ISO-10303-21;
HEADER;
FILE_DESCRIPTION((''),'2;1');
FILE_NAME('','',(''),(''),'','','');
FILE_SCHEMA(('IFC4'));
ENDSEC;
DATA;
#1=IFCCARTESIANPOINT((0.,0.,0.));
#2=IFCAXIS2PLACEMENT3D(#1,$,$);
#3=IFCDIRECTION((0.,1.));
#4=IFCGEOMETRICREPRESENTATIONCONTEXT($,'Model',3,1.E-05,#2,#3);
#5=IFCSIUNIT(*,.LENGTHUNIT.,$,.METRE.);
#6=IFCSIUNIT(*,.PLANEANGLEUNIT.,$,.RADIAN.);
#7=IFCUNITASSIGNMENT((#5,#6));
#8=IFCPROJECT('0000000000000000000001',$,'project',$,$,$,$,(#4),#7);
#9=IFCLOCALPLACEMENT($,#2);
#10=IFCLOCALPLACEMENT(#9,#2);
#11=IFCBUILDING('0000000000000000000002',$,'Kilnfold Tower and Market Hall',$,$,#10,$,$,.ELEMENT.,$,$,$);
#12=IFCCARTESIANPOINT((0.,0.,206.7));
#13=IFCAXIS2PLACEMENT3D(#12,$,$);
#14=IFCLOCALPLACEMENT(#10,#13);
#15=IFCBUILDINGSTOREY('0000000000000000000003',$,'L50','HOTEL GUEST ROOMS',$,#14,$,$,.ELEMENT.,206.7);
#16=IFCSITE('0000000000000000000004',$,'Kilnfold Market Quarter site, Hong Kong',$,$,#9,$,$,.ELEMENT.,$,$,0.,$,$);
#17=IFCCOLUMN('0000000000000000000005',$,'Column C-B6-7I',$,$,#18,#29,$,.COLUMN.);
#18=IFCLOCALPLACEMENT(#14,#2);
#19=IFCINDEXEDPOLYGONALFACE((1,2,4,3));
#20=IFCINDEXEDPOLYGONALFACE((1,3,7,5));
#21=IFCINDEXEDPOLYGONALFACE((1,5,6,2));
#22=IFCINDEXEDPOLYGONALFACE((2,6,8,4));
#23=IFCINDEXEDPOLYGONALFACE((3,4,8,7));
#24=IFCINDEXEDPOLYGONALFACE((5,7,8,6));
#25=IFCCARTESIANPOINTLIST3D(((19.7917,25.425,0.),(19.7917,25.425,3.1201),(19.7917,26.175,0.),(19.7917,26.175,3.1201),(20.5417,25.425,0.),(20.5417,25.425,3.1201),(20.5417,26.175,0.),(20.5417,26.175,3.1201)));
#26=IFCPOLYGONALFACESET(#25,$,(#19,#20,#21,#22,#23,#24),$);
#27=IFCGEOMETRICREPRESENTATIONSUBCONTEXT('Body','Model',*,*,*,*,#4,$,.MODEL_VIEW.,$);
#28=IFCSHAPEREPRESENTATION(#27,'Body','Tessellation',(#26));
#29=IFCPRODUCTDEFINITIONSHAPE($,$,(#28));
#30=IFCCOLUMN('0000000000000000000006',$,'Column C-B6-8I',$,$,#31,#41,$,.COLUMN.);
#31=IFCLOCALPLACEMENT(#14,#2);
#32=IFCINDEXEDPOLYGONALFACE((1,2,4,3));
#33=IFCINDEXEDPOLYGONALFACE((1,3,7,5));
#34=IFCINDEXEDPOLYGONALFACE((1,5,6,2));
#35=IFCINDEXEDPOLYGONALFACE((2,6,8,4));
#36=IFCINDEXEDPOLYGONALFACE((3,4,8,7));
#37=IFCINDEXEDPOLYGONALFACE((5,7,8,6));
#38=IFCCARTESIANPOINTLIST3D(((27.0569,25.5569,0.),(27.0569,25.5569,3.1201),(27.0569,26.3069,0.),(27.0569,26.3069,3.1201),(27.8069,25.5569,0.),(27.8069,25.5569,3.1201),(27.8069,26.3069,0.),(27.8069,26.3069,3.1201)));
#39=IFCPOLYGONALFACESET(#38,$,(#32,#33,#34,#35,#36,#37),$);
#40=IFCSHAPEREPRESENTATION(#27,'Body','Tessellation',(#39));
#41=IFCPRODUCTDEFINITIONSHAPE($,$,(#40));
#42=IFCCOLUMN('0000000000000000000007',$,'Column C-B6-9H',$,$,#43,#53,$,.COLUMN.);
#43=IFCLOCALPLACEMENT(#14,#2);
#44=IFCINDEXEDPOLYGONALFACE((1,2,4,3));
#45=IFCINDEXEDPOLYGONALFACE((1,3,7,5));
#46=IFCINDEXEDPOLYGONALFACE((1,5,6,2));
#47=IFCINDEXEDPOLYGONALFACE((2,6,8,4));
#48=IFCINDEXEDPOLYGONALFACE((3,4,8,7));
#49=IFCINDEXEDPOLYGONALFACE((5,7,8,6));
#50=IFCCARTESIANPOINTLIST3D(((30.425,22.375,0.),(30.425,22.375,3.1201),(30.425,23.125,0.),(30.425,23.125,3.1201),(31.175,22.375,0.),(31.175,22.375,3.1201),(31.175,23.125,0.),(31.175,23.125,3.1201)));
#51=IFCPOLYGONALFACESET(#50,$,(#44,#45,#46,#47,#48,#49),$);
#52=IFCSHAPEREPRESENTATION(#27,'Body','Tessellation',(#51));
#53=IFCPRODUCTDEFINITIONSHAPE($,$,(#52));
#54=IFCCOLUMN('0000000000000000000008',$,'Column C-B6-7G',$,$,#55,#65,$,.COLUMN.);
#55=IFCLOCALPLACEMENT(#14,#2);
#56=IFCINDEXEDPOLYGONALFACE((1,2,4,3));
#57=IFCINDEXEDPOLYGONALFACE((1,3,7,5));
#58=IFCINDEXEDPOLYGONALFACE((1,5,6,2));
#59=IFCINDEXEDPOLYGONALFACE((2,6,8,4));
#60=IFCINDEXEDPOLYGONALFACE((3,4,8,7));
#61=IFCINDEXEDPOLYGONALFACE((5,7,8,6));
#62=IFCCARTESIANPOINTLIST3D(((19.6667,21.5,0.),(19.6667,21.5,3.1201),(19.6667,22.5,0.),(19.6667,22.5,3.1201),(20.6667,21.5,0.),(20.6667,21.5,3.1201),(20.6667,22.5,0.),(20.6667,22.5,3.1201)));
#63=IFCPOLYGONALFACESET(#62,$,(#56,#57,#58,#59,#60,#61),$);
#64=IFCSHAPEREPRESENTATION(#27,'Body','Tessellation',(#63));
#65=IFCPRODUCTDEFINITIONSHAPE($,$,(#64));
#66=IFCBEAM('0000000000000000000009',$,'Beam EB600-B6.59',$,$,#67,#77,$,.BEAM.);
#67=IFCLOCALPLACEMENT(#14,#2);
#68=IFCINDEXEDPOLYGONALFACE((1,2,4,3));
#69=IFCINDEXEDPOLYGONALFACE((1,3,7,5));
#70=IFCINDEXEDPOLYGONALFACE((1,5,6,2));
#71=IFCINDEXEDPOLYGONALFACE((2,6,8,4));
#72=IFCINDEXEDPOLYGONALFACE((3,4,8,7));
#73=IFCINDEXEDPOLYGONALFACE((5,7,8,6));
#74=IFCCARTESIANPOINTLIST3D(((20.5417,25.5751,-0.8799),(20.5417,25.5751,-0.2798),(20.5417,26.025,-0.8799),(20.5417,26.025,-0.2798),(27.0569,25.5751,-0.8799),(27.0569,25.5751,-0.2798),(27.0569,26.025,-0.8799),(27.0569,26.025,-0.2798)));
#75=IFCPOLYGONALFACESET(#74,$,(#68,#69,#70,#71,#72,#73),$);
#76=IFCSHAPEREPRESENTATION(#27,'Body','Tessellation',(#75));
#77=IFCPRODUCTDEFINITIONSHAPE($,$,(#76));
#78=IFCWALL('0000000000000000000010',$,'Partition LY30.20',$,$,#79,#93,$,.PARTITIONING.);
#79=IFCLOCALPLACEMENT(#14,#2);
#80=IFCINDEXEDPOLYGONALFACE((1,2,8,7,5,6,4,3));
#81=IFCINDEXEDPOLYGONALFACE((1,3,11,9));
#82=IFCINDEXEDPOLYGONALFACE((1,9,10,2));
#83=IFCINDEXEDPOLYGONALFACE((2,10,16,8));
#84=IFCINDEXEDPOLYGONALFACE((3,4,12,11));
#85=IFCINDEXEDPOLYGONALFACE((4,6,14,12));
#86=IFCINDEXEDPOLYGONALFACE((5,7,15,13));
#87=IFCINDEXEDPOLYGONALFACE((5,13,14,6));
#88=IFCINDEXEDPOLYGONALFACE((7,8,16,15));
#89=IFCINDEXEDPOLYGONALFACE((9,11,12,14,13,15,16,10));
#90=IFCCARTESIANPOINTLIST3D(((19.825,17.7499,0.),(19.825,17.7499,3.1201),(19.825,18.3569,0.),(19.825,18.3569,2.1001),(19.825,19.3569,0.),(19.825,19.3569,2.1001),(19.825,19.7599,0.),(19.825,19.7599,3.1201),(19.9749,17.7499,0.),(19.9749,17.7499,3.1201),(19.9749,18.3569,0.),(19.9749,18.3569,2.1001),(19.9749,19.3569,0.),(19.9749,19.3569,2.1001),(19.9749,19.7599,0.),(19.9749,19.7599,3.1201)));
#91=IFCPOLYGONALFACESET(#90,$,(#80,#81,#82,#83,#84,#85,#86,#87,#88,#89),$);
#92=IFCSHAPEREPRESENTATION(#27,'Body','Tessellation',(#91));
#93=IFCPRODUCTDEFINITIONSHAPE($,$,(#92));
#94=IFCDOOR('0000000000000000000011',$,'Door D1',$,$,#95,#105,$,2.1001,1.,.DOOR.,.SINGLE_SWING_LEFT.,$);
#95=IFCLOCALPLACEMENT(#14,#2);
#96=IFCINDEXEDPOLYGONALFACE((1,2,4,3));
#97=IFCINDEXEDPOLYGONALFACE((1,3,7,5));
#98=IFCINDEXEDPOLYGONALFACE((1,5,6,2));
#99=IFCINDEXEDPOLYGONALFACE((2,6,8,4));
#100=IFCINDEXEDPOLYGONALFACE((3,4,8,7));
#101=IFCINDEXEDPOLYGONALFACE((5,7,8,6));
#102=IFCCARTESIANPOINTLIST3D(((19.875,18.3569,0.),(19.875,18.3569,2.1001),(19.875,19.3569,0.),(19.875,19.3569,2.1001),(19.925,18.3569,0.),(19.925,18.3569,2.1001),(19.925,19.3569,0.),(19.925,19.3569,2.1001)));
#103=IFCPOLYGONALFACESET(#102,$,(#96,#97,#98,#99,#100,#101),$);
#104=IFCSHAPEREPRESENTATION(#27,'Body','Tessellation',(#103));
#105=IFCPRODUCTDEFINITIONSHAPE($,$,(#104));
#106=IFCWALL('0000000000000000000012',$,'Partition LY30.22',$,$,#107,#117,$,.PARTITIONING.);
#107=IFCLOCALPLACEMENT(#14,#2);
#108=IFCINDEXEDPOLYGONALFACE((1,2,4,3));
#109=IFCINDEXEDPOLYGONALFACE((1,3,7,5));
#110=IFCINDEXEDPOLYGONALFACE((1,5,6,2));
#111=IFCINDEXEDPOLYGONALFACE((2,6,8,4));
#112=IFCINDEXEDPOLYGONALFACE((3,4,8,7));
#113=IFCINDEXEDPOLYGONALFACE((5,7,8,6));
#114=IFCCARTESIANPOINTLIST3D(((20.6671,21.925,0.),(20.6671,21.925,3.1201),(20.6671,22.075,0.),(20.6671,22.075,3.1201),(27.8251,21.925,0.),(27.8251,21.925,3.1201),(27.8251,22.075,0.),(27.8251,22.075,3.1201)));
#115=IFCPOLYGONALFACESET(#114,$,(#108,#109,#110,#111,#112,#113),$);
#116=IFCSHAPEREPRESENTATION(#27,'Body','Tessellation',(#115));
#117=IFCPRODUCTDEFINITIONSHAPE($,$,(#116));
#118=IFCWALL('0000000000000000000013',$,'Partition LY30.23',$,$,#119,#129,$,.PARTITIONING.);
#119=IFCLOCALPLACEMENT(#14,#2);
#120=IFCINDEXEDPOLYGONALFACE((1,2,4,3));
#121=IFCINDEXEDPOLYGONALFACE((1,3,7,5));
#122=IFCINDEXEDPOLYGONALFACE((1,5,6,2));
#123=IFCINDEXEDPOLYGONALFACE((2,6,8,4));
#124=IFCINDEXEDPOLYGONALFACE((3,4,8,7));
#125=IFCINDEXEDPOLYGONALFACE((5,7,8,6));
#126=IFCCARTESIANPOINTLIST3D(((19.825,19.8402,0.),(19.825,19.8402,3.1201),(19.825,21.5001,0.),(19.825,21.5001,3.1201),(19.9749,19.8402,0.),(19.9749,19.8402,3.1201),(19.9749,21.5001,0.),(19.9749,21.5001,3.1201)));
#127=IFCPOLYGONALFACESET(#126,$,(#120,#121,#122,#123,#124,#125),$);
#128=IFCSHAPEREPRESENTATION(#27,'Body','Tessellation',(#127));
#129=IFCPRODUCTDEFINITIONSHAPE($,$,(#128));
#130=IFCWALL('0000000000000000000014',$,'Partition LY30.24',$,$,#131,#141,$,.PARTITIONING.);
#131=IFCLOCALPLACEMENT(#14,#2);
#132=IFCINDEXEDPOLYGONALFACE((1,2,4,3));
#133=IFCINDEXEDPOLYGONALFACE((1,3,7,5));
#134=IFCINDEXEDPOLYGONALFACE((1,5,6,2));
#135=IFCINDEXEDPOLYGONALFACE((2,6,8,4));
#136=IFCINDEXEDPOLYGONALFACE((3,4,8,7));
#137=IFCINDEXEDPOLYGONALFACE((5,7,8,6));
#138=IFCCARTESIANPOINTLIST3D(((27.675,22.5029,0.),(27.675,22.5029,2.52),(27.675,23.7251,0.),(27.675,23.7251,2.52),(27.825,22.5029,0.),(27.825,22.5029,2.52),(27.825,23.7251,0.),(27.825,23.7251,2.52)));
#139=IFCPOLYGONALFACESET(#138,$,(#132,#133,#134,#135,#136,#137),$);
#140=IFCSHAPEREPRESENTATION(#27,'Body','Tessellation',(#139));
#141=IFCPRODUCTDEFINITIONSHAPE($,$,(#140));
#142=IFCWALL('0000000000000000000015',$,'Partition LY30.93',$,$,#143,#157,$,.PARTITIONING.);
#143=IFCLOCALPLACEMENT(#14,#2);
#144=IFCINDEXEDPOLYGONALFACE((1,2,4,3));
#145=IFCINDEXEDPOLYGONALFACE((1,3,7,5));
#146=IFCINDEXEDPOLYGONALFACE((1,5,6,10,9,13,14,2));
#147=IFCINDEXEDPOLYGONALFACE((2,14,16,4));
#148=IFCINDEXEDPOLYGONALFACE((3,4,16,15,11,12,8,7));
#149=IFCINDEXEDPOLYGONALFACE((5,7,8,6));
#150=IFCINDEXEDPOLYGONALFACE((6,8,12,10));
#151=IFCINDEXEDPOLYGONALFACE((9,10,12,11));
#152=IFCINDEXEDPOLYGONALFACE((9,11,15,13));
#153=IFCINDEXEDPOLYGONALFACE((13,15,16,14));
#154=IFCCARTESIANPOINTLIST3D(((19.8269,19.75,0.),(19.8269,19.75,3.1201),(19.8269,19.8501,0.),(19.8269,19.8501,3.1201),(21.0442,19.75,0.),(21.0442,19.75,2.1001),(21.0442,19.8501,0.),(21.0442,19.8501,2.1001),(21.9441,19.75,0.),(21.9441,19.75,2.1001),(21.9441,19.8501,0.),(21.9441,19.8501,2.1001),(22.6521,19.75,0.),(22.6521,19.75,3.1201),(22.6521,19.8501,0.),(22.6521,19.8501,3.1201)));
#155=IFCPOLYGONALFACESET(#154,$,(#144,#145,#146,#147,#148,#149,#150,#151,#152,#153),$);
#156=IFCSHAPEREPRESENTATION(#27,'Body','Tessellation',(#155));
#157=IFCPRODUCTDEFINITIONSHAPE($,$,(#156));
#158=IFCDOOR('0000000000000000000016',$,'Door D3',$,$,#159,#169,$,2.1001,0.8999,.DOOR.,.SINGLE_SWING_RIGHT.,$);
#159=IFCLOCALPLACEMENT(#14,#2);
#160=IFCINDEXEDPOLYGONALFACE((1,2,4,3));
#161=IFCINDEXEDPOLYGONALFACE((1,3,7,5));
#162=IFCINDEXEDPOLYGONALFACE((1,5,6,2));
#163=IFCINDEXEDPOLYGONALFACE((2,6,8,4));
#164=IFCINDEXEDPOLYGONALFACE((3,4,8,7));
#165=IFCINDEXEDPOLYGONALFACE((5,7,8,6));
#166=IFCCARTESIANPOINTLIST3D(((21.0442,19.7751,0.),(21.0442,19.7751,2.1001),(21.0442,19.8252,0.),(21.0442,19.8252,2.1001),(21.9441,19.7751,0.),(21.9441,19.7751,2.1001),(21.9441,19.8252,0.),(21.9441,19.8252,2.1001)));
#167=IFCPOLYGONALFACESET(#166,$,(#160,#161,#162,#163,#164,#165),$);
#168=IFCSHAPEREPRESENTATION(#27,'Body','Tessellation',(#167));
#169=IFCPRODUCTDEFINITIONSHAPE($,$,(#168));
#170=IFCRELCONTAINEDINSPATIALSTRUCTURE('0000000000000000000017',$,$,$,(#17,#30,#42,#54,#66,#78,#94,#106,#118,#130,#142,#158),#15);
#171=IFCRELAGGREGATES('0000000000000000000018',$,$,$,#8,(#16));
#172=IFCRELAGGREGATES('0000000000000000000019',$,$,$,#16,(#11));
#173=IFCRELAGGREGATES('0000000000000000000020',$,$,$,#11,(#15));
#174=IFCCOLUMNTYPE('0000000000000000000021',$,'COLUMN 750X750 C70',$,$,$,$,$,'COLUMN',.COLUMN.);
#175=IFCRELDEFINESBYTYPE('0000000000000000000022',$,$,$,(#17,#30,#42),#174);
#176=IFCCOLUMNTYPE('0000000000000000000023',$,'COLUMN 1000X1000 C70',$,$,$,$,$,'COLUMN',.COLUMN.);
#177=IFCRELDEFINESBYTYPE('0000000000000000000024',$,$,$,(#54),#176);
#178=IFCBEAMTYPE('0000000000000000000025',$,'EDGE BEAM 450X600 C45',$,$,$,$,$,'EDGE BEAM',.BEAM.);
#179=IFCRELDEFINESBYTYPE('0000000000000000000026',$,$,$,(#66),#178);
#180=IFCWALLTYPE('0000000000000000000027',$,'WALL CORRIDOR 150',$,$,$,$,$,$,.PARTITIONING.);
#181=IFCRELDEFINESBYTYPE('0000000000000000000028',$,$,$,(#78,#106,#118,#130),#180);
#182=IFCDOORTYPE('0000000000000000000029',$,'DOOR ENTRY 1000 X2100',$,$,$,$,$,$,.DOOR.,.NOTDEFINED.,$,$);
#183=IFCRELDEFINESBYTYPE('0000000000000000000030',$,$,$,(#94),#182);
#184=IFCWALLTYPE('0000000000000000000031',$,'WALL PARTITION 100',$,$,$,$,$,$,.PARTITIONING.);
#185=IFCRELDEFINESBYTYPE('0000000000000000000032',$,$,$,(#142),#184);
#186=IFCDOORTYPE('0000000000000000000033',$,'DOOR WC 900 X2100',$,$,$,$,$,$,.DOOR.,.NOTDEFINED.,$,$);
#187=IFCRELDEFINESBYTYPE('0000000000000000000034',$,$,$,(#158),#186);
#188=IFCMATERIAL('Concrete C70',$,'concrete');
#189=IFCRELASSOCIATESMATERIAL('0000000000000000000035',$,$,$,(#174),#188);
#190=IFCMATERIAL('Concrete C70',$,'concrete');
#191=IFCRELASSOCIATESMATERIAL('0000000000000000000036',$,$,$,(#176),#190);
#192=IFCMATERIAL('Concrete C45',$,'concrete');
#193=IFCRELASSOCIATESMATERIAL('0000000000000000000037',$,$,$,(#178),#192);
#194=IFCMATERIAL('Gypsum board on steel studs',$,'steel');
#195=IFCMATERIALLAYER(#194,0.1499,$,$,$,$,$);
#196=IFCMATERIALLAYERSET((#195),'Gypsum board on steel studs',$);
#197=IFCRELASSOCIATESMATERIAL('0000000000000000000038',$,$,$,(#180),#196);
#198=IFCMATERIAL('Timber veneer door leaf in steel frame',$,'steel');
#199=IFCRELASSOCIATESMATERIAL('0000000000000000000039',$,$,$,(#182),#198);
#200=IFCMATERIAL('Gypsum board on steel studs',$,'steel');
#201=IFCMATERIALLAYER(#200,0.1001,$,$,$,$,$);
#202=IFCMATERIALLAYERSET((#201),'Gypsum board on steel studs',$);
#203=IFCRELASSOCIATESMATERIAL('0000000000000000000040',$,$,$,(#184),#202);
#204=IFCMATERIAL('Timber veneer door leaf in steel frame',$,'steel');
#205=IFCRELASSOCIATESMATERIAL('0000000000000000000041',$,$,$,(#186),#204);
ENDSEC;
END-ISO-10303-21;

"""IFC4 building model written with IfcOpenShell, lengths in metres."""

from ifc_helpers import new_model, si_unit, direction, frame, frame_2d, origin, origin_2d, place, context, subcontext, project, spatial, rectangle, extrude, source, transform, mapped, material, layer, layer_set, material_profile, profile_set, type_object, element, fill, save


model = new_model("IFC4")

# Units and contexts
model_context = context("Model", 3, precision=1e-05, world=origin(), true_north=direction((0.0, 1.0)))
body_context = subcontext(model_context, "Body", "Model", "MODEL_VIEW")
ifc_project = project(units=[si_unit("LENGTHUNIT", "METRE"), si_unit("PLANEANGLEUNIT", "RADIAN")], contexts=[model_context])

# Site, building, storey
site_placement = place(None, origin())
site = spatial("IfcSite", under=ifc_project, at=site_placement, Name="Kilnfold Market Quarter site, Hong Kong", CompositionType="ELEMENT", RefElevation=0.0)
building_placement = place(site_placement, origin())
building = spatial("IfcBuilding", under=site, at=building_placement, Name="Kilnfold Tower and Market Hall", CompositionType="ELEMENT")
storey_placement = place(building_placement, frame((0.0, 0.0, 206.7)))
storey = spatial("IfcBuildingStorey", under=building, at=storey_placement, Name="L50", Description="HOTEL GUEST ROOMS", CompositionType="ELEMENT", Elevation=206.7)

# Columns
ifc_material_1 = material(Name="Concrete C70", Category="concrete")
ifc_material_profile_1 = material_profile(ifc_material_1, rectangle(XDim=0.75, YDim=0.75, at=origin_2d()), Name="RC 750x750")
ifc_profile_set_1 = profile_set([ifc_material_profile_1], Name="Concrete C70")
column_type_1 = type_object("IfcColumnType", Name="COLUMN 750X750 C70", ElementType="COLUMN", PredefinedType="COLUMN", material=ifc_profile_set_1)
shared_shape_1 = source(origin(), body_context, "Body", "SweptSolid", [
    extrude(rectangle(XDim=0.75, YDim=0.75, at=origin_2d()), origin(), (0.0, 0.0, 1.0), 3.1201),
])
for number, where, z_axis, x_axis, name in (
    (1, (20.1667, 25.8, 0.0), (0.0, 0.0, 1.0), (1.0, 0.0, 0.0), "Column C-B6-7I"),
    (2, (27.4319, 25.9319, 0.0), (0.0, 0.0, 1.0), (1.0, 0.0, 0.0), "Column C-B6-8I"),
    (3, (30.8, 22.75, 0.0), (0.0, 0.0, 1.0), (1.0, 0.0, 0.0), "Column C-B6-9H"),
):
    element("IfcColumn", number, at=place(storey_placement, frame(where, z_axis=z_axis, x_axis=x_axis)), inside=storey, type_object=column_type_1, Name=name, PredefinedType="COLUMN", context=body_context, shape_type="MappedRepresentation", body=[
        mapped(shared_shape_1, transform((0.0, 0.0, 0.0))),
    ])
ifc_material_2 = material(Name="Concrete C70", Category="concrete")
ifc_material_profile_2 = material_profile(ifc_material_2, rectangle(XDim=1.0, YDim=1.0, at=origin_2d()), Name="RC 1000x1000")
ifc_profile_set_2 = profile_set([ifc_material_profile_2], Name="Concrete C70")
column_type_2 = type_object("IfcColumnType", Name="COLUMN 1000X1000 C70", ElementType="COLUMN", PredefinedType="COLUMN", material=ifc_profile_set_2)
shared_shape_2 = source(origin(), body_context, "Body", "SweptSolid", [
    extrude(rectangle(XDim=1.0, YDim=1.0, at=origin_2d()), origin(), (0.0, 0.0, 1.0), 3.1201),
])
column_placement = place(storey_placement, frame((20.1667, 22.0, 0.0), z_axis=(0.0, 0.0, 1.0), x_axis=(1.0, 0.0, 0.0)))
element("IfcColumn", 4, at=column_placement, inside=storey, type_object=column_type_2, Name="Column C-B6-7G", PredefinedType="COLUMN", context=body_context, shape_type="MappedRepresentation", body=[
    mapped(shared_shape_2, transform((0.0, 0.0, 0.0))),
])

# Beam
ifc_material_3 = material(Name="Concrete C45", Category="concrete")
ifc_material_profile_3 = material_profile(ifc_material_3, rectangle(XDim=0.45, YDim=0.6001, at=origin_2d()), Name="RC 450x600")
ifc_profile_set_3 = profile_set([ifc_material_profile_3], Name="Concrete C45")
beam_type = type_object("IfcBeamType", Name="EDGE BEAM 450X600 C45", ElementType="EDGE BEAM", PredefinedType="BEAM", material=ifc_profile_set_3)
shared_shape_3 = source(origin(), body_context, "Body", "SweptSolid", [
    extrude(rectangle(XDim=0.45, YDim=0.6001, at=origin_2d()), origin(), (0.0, 0.0, 1.0), 6.5151),
])
beam_placement = place(storey_placement, frame((20.5417, 25.8, -0.5798), z_axis=(1.0, 0.0, 0.0), x_axis=(0.0, 1.0, 0.0)))
element("IfcBeam", 5, at=beam_placement, inside=storey, type_object=beam_type, Name="Beam EB600-B6.59", PredefinedType="BEAM", context=body_context, shape_type="MappedRepresentation", body=[
    mapped(shared_shape_3, transform((0.0, 0.0, 0.0))),
])

# Wall, opening, door
ifc_material_4 = material(Name="Gypsum board on steel studs", Category="steel")
ifc_layer_1 = layer(ifc_material_4, 0.1499)
ifc_layer_set_1 = layer_set([ifc_layer_1], Name="Gypsum board on steel studs")
wall_type_1 = type_object("IfcWallType", Name="WALL CORRIDOR 150", PredefinedType="PARTITIONING", material=ifc_layer_set_1)
wall_1_placement = place(storey_placement, frame((19.8999, 17.75, 0.0), z_axis=(0.0, 0.0, 1.0), x_axis=(0.0, 1.0, 0.0)))
wall_1 = element("IfcWall", 6, at=wall_1_placement, inside=storey, type_object=wall_type_1, Name="Partition LY30.20", PredefinedType="PARTITIONING", context=body_context, shape_type="SweptSolid", body=[
    extrude(rectangle(XDim=2.01, YDim=0.1499, at=frame_2d((1.0049, 0.0))), origin(), (0.0, 0.0, 1.0), 3.1201),
])
opening_1_placement = place(wall_1_placement, frame((0.6069, 0.0, 0.0)))
opening_1 = element("IfcOpeningElement", 7, at=opening_1_placement, cuts=wall_1, PredefinedType="OPENING", context=body_context, shape_type="SweptSolid", body=[
    extrude(rectangle(XDim=1.0, YDim=2.1001, at=frame_2d((0.5, 1.05))), frame((0.0, 0.085, 0.0), z_axis=(0.0, -1.0, 0.0), x_axis=(1.0, 0.0, 0.0)), (0.0, 0.0, 1.0), 0.1699),
])
ifc_material_5 = material(Name="Timber veneer door leaf in steel frame", Category="steel")
door_type_1 = type_object("IfcDoorType", Name="DOOR ENTRY 1000 X2100", OperationType="NOTDEFINED", PredefinedType="DOOR", material=ifc_material_5)
door_1_placement = place(opening_1_placement, origin())
door_1 = element("IfcDoor", 8, at=door_1_placement, inside=storey, type_object=door_type_1, Name="Door D1", OperationType="SINGLE_SWING_LEFT", OverallHeight=2.1001, OverallWidth=1.0, PredefinedType="DOOR", context=body_context, shape_type="SweptSolid", body=[
    extrude(rectangle(XDim=1.0, YDim=2.1001, at=frame_2d((0.5, 1.05))), frame((0.0, 0.0249, 0.0), z_axis=(0.0, -1.0, 0.0), x_axis=(1.0, 0.0, 0.0)), (0.0, 0.0, 1.0), 0.05),
])
fill(opening_1, door_1)

# Walls
wall_2_placement = place(storey_placement, frame((20.667, 22.0, 0.0), z_axis=(0.0, 0.0, 1.0), x_axis=(1.0, 0.0, 0.0)))
element("IfcWall", 9, at=wall_2_placement, inside=storey, type_object=wall_type_1, Name="Partition LY30.22", PredefinedType="PARTITIONING", context=body_context, shape_type="SweptSolid", body=[
    extrude(rectangle(XDim=7.158, YDim=0.1499, at=frame_2d((3.5791, 0.0))), origin(), (0.0, 0.0, 1.0), 3.1201),
])
wall_3_placement = place(storey_placement, frame((19.8999, 19.8401, 0.0), z_axis=(0.0, 0.0, 1.0), x_axis=(0.0, 1.0, 0.0)))
element("IfcWall", 10, at=wall_3_placement, inside=storey, type_object=wall_type_1, Name="Partition LY30.23", PredefinedType="PARTITIONING", context=body_context, shape_type="SweptSolid", body=[
    extrude(rectangle(XDim=1.6599, YDim=0.1499, at=frame_2d((0.8301, 0.0))), origin(), (0.0, 0.0, 1.0), 3.1201),
])
wall_4_placement = place(storey_placement, frame((27.75, 22.5029, 0.0), z_axis=(0.0, 0.0, 1.0), x_axis=(0.0, 1.0, 0.0)))
element("IfcWall", 11, at=wall_4_placement, inside=storey, type_object=wall_type_1, Name="Partition LY30.24", PredefinedType="PARTITIONING", context=body_context, shape_type="SweptSolid", body=[
    extrude(rectangle(XDim=1.2222, YDim=0.1499, at=frame_2d((0.6111, 0.0))), origin(), (0.0, 0.0, 1.0), 2.52),
])

# Wall, opening, door
ifc_material_6 = material(Name="Gypsum board on steel studs", Category="steel")
ifc_layer_2 = layer(ifc_material_6, 0.1001)
ifc_layer_set_2 = layer_set([ifc_layer_2], Name="Gypsum board on steel studs")
wall_type_2 = type_object("IfcWallType", Name="WALL PARTITION 100", PredefinedType="PARTITIONING", material=ifc_layer_set_2)
wall_5_placement = place(storey_placement, frame((22.6521, 19.8, 0.0), z_axis=(0.0, 0.0, 1.0), x_axis=(-1.0, 0.0, 0.0)))
wall_5 = element("IfcWall", 12, at=wall_5_placement, inside=storey, type_object=wall_type_2, Name="Partition LY30.93", PredefinedType="PARTITIONING", context=body_context, shape_type="SweptSolid", body=[
    extrude(rectangle(XDim=2.8252, YDim=0.1001, at=frame_2d((1.4126, 0.0))), origin(), (0.0, 0.0, 1.0), 3.1201),
])
opening_2_placement = place(wall_5_placement, frame((0.708, 0.0, 0.0)))
opening_2 = element("IfcOpeningElement", 13, at=opening_2_placement, cuts=wall_5, PredefinedType="OPENING", context=body_context, shape_type="SweptSolid", body=[
    extrude(rectangle(XDim=0.8999, YDim=2.1001, at=frame_2d((0.45, 1.05))), frame((0.0, 0.0601, 0.0), z_axis=(0.0, -1.0, 0.0), x_axis=(1.0, 0.0, 0.0)), (0.0, 0.0, 1.0), 0.1201),
])
ifc_material_7 = material(Name="Timber veneer door leaf in steel frame", Category="steel")
door_type_2 = type_object("IfcDoorType", Name="DOOR WC 900 X2100", OperationType="NOTDEFINED", PredefinedType="DOOR", material=ifc_material_7)
door_2_placement = place(opening_2_placement, origin())
door_2 = element("IfcDoor", 14, at=door_2_placement, inside=storey, type_object=door_type_2, Name="Door D3", OperationType="SINGLE_SWING_RIGHT", OverallHeight=2.1001, OverallWidth=0.8999, PredefinedType="DOOR", context=body_context, shape_type="SweptSolid", body=[
    extrude(rectangle(XDim=0.8999, YDim=2.1001, at=frame_2d((0.45, 1.05))), frame((0.0, 0.0249, 0.0), z_axis=(0.0, -1.0, 0.0), x_axis=(1.0, 0.0, 0.0)), (0.0, 0.0, 1.0), 0.05),
])
fill(opening_2, door_2)

save(model, "model.ifc")
